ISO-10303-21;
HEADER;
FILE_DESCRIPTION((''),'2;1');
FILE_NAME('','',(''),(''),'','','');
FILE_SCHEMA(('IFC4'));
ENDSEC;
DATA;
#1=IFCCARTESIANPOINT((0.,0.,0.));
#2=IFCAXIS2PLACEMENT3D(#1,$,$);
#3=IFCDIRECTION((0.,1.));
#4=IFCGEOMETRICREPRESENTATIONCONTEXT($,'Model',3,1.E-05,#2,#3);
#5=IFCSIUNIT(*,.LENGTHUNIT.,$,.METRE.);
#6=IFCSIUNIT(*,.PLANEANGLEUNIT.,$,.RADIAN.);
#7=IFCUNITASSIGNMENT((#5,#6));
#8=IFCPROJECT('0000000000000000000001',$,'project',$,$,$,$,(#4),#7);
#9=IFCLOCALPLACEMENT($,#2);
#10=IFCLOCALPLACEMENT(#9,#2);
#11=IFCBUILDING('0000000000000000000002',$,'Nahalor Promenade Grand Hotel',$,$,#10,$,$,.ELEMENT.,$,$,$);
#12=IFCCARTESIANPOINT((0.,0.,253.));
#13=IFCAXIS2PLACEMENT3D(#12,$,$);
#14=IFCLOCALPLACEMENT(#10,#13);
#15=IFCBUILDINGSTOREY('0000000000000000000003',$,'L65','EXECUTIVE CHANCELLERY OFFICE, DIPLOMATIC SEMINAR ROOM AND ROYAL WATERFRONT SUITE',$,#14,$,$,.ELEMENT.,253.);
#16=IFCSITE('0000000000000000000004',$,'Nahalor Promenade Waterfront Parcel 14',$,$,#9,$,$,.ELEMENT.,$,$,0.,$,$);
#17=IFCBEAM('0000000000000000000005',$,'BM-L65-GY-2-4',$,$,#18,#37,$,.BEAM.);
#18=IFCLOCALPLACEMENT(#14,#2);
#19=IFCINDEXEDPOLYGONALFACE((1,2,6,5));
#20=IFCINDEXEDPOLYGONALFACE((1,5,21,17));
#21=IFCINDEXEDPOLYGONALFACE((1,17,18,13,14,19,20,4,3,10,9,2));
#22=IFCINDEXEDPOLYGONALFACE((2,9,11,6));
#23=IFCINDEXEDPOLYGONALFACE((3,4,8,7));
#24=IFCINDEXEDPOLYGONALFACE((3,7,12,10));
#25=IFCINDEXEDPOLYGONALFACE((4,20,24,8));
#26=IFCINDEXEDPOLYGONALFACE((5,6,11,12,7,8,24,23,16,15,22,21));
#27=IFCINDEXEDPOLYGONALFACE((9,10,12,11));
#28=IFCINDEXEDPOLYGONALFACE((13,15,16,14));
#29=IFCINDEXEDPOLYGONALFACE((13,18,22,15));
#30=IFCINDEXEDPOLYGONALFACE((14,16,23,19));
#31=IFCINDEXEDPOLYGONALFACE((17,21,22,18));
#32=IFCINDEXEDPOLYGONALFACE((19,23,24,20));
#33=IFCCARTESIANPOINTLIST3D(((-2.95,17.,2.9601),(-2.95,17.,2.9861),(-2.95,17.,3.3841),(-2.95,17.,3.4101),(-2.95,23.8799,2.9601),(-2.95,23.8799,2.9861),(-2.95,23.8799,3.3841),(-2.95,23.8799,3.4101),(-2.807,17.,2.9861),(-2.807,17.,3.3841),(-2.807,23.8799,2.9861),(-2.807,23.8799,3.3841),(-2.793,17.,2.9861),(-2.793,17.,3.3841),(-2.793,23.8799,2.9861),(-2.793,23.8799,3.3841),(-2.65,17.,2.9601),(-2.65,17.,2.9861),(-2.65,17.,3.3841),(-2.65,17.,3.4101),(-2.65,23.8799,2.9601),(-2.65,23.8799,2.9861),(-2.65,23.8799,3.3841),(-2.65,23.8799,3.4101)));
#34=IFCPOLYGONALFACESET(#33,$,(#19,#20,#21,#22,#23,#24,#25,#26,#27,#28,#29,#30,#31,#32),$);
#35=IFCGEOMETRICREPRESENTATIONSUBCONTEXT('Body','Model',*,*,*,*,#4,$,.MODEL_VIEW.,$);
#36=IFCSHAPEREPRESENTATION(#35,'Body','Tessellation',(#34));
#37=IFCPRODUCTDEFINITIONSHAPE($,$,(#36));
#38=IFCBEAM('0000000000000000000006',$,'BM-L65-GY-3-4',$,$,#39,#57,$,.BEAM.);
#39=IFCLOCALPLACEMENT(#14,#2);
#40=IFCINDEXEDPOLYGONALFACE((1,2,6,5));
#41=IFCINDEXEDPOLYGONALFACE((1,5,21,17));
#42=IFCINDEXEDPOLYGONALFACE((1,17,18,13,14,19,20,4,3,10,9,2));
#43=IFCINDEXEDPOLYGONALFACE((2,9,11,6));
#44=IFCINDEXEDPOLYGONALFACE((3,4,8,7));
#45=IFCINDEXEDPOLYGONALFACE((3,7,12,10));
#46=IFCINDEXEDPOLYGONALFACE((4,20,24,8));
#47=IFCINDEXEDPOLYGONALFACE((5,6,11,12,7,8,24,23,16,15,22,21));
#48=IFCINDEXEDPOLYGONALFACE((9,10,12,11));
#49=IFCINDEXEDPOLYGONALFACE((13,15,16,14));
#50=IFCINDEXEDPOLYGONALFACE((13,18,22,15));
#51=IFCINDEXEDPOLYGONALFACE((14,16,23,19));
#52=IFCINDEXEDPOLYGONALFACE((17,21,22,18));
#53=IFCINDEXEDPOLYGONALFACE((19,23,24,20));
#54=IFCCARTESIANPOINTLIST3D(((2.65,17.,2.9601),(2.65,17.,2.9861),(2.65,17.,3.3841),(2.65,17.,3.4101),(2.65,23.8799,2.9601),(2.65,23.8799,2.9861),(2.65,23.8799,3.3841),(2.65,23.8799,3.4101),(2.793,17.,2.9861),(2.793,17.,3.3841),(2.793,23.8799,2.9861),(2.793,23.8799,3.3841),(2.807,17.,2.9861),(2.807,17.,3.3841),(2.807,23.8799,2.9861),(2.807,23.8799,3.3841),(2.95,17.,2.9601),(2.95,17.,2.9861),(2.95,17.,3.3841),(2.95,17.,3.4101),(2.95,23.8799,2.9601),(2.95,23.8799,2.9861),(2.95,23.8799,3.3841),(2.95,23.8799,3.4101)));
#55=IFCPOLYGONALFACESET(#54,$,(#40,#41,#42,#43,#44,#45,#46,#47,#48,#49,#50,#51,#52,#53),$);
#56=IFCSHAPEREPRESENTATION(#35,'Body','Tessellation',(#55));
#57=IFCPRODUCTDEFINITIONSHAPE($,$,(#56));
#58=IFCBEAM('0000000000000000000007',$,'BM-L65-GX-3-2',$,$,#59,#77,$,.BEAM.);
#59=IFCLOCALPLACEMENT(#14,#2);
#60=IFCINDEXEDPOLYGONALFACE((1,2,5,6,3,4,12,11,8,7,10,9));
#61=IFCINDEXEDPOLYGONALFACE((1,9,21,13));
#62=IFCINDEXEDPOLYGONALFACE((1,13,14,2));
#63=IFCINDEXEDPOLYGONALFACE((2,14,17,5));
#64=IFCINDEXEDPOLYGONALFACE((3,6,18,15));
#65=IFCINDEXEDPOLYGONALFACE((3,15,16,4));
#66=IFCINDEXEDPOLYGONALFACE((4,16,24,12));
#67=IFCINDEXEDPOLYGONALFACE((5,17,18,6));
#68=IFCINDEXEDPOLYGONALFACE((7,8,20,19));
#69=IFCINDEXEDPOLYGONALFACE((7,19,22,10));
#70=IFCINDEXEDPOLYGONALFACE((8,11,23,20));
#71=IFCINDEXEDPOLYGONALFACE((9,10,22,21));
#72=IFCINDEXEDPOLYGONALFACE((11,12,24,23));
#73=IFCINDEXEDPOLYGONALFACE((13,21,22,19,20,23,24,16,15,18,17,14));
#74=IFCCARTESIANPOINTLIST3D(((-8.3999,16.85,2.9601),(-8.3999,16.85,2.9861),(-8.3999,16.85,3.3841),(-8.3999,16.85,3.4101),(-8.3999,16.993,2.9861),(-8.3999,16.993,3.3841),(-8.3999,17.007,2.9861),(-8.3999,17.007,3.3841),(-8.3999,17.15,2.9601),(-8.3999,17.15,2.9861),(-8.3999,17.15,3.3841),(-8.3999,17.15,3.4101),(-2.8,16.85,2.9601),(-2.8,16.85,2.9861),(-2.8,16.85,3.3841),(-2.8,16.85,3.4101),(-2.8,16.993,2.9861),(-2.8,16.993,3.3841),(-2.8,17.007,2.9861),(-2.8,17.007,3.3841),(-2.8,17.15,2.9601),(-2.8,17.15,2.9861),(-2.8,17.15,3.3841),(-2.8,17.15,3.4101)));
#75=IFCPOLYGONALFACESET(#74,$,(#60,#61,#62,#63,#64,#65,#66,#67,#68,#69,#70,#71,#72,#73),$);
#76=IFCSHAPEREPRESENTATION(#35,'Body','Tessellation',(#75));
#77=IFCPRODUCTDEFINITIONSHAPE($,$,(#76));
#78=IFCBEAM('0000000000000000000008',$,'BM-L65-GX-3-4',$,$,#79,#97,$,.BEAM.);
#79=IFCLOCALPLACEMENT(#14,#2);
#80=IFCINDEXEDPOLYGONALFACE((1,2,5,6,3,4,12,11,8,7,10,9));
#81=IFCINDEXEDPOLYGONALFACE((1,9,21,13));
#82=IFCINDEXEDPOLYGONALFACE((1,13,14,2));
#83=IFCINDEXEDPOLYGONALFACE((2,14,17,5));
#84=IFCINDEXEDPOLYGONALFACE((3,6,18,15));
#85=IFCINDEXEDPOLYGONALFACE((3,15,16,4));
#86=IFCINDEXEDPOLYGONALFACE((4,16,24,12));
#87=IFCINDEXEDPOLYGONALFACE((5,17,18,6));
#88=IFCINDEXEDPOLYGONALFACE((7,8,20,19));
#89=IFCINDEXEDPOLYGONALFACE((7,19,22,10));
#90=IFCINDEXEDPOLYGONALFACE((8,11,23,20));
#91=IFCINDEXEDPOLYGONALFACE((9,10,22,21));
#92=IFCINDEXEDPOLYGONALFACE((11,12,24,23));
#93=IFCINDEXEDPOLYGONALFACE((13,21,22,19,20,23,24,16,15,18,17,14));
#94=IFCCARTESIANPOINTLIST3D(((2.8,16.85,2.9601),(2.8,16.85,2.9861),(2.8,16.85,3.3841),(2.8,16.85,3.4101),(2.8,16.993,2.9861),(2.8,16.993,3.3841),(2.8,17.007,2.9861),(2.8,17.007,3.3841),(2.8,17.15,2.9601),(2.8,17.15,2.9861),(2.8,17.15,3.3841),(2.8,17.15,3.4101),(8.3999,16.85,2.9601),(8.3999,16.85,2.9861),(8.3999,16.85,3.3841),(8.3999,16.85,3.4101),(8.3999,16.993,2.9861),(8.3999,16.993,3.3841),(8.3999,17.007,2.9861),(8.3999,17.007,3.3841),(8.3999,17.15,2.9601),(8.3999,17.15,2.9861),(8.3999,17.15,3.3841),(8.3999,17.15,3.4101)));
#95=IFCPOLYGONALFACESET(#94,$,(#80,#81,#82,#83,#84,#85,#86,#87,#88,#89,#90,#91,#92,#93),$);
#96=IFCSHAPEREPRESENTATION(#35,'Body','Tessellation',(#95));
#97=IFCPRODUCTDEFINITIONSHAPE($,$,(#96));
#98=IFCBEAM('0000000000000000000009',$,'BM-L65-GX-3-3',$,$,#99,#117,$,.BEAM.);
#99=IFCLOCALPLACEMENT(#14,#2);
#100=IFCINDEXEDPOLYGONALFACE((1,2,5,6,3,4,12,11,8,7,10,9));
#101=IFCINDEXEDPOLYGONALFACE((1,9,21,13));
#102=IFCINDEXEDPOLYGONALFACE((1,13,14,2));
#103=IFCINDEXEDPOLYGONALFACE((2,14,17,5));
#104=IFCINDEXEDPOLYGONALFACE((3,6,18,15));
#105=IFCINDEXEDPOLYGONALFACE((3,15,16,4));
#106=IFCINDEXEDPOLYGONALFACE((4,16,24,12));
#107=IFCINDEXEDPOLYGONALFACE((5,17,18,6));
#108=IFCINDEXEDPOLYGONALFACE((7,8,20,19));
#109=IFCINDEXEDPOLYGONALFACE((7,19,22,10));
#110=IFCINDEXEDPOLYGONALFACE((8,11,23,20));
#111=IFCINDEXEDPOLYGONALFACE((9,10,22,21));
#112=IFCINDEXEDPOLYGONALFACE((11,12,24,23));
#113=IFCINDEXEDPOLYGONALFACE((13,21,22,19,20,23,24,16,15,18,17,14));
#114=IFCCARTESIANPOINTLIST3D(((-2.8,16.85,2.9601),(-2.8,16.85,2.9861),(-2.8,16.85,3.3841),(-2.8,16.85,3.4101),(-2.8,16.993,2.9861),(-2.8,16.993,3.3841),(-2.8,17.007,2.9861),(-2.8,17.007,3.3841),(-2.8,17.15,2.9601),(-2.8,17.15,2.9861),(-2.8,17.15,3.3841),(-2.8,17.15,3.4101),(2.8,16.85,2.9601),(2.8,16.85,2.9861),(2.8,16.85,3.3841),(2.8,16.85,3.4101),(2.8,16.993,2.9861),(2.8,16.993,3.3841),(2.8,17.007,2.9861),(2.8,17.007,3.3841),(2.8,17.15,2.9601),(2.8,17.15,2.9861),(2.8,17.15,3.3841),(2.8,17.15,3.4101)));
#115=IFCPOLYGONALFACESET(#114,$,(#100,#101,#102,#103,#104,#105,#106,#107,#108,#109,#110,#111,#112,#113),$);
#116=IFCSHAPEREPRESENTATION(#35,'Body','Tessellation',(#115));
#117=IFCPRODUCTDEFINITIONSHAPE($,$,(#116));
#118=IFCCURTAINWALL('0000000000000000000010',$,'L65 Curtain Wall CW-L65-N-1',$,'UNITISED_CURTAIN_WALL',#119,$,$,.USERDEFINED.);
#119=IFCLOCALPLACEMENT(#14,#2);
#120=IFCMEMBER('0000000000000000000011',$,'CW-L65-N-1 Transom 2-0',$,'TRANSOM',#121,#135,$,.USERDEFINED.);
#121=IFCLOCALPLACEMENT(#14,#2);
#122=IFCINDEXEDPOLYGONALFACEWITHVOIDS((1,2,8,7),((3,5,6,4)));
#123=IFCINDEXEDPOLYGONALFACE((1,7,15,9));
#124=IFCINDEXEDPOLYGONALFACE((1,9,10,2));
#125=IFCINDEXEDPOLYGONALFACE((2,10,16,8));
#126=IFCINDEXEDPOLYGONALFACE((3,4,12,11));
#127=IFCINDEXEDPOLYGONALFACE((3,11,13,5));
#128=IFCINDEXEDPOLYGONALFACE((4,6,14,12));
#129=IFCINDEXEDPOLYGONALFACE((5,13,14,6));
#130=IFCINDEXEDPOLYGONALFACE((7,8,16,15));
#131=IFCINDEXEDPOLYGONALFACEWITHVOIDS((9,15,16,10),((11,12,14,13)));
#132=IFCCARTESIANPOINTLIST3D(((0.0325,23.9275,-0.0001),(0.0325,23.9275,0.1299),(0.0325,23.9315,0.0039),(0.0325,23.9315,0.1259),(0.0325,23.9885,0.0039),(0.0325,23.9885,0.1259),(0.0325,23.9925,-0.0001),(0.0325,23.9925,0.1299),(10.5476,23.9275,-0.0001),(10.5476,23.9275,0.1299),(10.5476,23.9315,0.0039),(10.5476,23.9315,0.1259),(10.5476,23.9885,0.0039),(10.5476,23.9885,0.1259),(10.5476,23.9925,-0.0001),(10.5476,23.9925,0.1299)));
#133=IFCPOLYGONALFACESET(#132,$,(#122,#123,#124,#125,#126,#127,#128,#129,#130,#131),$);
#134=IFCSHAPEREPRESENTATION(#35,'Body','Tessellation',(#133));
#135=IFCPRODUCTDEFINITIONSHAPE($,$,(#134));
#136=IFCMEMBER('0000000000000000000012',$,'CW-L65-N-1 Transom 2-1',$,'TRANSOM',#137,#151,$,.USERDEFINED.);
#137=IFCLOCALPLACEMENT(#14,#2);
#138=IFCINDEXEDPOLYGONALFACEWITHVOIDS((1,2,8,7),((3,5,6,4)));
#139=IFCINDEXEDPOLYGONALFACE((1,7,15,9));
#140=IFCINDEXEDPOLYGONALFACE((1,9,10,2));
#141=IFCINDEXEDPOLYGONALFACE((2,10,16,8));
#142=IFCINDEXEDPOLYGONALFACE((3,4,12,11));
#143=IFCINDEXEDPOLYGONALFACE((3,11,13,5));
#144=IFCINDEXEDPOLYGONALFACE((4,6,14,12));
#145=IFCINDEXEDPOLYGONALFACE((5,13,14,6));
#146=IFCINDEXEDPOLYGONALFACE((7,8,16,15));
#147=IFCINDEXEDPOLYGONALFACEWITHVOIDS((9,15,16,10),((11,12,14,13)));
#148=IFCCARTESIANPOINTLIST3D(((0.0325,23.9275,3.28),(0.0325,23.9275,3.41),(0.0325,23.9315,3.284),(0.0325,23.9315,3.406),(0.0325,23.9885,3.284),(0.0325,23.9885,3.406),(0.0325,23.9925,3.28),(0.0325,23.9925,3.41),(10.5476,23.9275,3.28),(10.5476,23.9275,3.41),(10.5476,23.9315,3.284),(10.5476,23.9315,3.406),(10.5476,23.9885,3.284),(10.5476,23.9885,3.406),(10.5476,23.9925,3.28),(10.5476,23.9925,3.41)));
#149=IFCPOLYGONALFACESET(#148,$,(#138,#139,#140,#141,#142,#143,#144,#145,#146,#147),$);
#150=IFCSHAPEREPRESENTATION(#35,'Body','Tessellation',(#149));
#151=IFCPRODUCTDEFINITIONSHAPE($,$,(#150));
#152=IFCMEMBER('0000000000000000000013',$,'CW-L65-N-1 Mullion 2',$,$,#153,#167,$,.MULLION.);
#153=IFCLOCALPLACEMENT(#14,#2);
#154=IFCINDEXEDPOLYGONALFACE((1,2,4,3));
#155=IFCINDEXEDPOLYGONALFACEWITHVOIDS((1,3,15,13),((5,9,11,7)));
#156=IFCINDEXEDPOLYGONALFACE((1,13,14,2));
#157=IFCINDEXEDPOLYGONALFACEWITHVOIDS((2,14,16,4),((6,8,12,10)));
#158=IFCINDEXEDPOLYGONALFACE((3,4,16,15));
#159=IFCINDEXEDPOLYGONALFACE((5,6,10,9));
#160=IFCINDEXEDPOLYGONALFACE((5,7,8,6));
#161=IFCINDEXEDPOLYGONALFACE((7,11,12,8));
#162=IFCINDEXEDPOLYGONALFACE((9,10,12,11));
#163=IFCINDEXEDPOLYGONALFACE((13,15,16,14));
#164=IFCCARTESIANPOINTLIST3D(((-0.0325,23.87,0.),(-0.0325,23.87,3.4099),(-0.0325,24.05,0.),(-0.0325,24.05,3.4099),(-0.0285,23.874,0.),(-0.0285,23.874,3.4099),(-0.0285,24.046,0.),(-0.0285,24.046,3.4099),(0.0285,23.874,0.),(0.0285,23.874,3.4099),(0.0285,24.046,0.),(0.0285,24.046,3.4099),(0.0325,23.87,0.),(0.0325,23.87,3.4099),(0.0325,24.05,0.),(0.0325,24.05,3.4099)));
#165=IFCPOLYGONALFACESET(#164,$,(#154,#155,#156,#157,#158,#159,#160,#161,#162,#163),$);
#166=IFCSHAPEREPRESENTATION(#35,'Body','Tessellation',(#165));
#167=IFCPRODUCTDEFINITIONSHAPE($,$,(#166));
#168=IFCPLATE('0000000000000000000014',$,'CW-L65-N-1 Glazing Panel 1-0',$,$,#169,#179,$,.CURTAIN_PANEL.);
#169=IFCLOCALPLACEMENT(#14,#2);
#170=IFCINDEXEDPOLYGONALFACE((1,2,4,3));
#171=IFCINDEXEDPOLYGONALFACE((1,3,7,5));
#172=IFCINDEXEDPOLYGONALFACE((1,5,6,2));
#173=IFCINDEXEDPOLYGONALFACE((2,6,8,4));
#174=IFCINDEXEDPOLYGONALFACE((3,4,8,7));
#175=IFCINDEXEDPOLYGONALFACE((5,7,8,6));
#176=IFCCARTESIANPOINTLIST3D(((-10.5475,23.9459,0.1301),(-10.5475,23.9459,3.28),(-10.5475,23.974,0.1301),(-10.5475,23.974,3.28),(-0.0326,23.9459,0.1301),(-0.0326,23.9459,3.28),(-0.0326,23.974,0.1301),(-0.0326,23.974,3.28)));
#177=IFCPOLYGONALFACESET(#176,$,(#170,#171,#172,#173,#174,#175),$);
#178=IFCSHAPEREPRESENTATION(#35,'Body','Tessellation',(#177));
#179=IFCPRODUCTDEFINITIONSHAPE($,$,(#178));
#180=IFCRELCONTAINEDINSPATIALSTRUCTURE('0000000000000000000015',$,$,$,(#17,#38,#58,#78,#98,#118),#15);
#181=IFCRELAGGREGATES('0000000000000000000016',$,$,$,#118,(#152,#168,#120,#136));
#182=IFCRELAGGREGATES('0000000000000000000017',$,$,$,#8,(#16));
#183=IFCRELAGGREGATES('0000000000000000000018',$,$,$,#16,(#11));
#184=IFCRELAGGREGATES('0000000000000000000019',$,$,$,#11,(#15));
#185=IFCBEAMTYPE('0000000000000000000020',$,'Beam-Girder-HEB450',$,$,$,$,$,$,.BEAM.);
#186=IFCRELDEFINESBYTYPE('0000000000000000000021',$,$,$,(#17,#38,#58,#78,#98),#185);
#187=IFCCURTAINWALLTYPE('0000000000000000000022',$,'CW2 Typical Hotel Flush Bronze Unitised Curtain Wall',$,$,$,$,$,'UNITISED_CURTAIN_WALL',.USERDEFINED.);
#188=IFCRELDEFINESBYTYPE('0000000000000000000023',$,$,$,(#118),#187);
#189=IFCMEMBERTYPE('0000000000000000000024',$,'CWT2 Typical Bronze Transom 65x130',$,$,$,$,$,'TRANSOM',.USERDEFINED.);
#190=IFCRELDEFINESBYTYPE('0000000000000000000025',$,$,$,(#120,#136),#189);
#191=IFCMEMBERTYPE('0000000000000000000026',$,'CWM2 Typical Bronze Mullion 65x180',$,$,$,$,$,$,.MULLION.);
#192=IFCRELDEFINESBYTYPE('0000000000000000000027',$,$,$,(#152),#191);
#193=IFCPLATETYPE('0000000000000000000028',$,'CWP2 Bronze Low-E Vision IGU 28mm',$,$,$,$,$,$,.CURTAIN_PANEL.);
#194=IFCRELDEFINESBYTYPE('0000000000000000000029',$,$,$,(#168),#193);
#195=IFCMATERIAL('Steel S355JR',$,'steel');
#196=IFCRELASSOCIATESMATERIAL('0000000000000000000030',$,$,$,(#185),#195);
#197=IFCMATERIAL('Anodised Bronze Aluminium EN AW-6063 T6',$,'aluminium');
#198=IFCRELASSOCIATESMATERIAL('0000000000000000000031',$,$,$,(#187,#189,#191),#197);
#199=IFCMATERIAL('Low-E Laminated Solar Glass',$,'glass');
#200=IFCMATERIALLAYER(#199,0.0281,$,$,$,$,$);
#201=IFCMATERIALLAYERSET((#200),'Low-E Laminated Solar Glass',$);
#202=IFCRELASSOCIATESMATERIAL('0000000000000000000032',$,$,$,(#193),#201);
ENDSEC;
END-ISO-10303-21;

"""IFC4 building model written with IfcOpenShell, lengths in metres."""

from ifc_helpers import new_model, si_unit, direction, frame, origin, origin_2d, place, context, subcontext, project, spatial, rectangle, hollow_rectangle, i_section, extrude, source, transform, mapped, material, layer, layer_set, material_profile, profile_set, type_object, element, aggregate, save


model = new_model("IFC4")

# Units and contexts
model_context = context("Model", 3, precision=1e-05, world=origin(), true_north=direction((0.0, 1.0)))
body_context = subcontext(model_context, "Body", "Model", "MODEL_VIEW")
ifc_project = project(units=[si_unit("LENGTHUNIT", "METRE"), si_unit("PLANEANGLEUNIT", "RADIAN")], contexts=[model_context])

# Site, building, storey
site_placement = place(None, origin())
site = spatial("IfcSite", under=ifc_project, at=site_placement, Name="Nahalor Promenade Waterfront Parcel 14", CompositionType="ELEMENT", RefElevation=0.0)
building_placement = place(site_placement, origin())
building = spatial("IfcBuilding", under=site, at=building_placement, Name="Nahalor Promenade Grand Hotel", CompositionType="ELEMENT")
storey_placement = place(building_placement, frame((0.0, 0.0, 253.0)))
storey = spatial("IfcBuildingStorey", under=building, at=storey_placement, Name="L65", Description="EXECUTIVE CHANCELLERY OFFICE, DIPLOMATIC SEMINAR ROOM AND ROYAL WATERFRONT SUITE", CompositionType="ELEMENT", Elevation=253.0)

# Shared definitions
ifc_material_1 = material(Name="Steel S355JR", Category="steel")

# Beams
ifc_material_profile_1 = material_profile(ifc_material_1, i_section(OverallWidth=0.3, OverallDepth=0.45, WebThickness=0.014, FlangeThickness=0.026, at=origin_2d()), Name="HEB 450")
ifc_profile_set_1 = profile_set([ifc_material_profile_1], Name="Steel S355JR")
beam_type_1 = type_object("IfcBeamType", Name="Beam-Girder-HEB450", PredefinedType="BEAM", material=ifc_profile_set_1)
shared_shape_1 = source(origin(), body_context, "Body", "SweptSolid", [
    extrude(i_section(OverallWidth=0.3, OverallDepth=0.45, WebThickness=0.014, FlangeThickness=0.026, at=origin_2d()), origin(), (0.0, 0.0, 1.0), 6.8799),
])
for number, where, z_axis, x_axis, name in (
    (1, (-2.8, 17.0, 3.1851), (0.0, 1.0, 0.0), (-1.0, 0.0, 0.0), "BM-L65-GY-2-4"),
    (2, (2.8, 17.0, 3.1851), (0.0, 1.0, 0.0), (-1.0, 0.0, 0.0), "BM-L65-GY-3-4"),
):
    element("IfcBeam", number, at=place(storey_placement, frame(where, z_axis=z_axis, x_axis=x_axis)), inside=storey, type_object=beam_type_1, Name=name, PredefinedType="BEAM", context=body_context, shape_type="MappedRepresentation", body=[
        mapped(shared_shape_1, transform((0.0, 0.0, 0.0), scale=1.0)),
    ])
shared_shape_2 = source(origin(), body_context, "Body", "SweptSolid", [
    extrude(i_section(OverallWidth=0.3, OverallDepth=0.45, WebThickness=0.014, FlangeThickness=0.026, at=origin_2d()), origin(), (0.0, 0.0, 1.0), 5.5999),
])
for number, where, z_axis, x_axis, name in (
    (3, (-8.3999, 17.0, 3.1851), (1.0, 0.0, 0.0), (0.0, 1.0, 0.0), "BM-L65-GX-3-2"),
    (4, (2.8, 17.0, 3.1851), (1.0, 0.0, 0.0), (0.0, 1.0, 0.0), "BM-L65-GX-3-4"),
):
    element("IfcBeam", number, at=place(storey_placement, frame(where, z_axis=z_axis, x_axis=x_axis)), inside=storey, type_object=beam_type_1, Name=name, PredefinedType="BEAM", context=body_context, shape_type="MappedRepresentation", body=[
        mapped(shared_shape_2, transform((0.0, 0.0, 0.0), scale=1.0)),
    ])
shared_shape_3 = source(origin(), body_context, "Body", "SweptSolid", [
    extrude(i_section(OverallWidth=0.3, OverallDepth=0.45, WebThickness=0.014, FlangeThickness=0.026, at=origin_2d()), origin(), (0.0, 0.0, 1.0), 5.6001),
])
beam_1_placement = place(storey_placement, frame((-2.8, 17.0, 3.1851), z_axis=(1.0, 0.0, 0.0), x_axis=(0.0, 1.0, 0.0)))
element("IfcBeam", 5, at=beam_1_placement, inside=storey, type_object=beam_type_1, Name="BM-L65-GX-3-3", PredefinedType="BEAM", context=body_context, shape_type="MappedRepresentation", body=[
    mapped(shared_shape_3, transform((0.0, 0.0, 0.0), scale=1.0)),
])

# Curtain wall, members, plate
ifc_material_2 = material(Name="Anodised Bronze Aluminium EN AW-6063 T6", Category="aluminium")
curtain_wall_type = type_object("IfcCurtainWallType", Name="CW2 Typical Hotel Flush Bronze Unitised Curtain Wall", ElementType="UNITISED_CURTAIN_WALL", PredefinedType="USERDEFINED", material=ifc_material_2)
curtain_wall_placement = place(storey_placement, origin())
curtain_wall = element("IfcCurtainWall", 6, at=curtain_wall_placement, inside=storey, type_object=curtain_wall_type, Name="L65 Curtain Wall CW-L65-N-1", ObjectType="UNITISED_CURTAIN_WALL", PredefinedType="USERDEFINED")
ifc_material_profile_2 = material_profile(ifc_material_2, hollow_rectangle(XDim=0.065, YDim=0.13, WallThickness=0.004, at=origin_2d()), Name="CWT 65x130x4")
ifc_profile_set_2 = profile_set([ifc_material_profile_2], Name="Anodised Bronze Aluminium EN AW-6063 T6")
member_type_1 = type_object("IfcMemberType", Name="CWT2 Typical Bronze Transom 65x130", ElementType="TRANSOM", PredefinedType="USERDEFINED", material=ifc_profile_set_2)
shared_shape_4 = source(origin(), body_context, "Body", "SweptSolid", [
    extrude(hollow_rectangle(XDim=0.065, YDim=0.13, WallThickness=0.004, at=origin_2d()), origin(), (0.0, 0.0, 1.0), 10.5151),
])
member_1_placement = place(storey_placement, frame((0.0325, 23.96, 0.0649), z_axis=(1.0, 0.0, 0.0), x_axis=(0.0, 1.0, 0.0)))
member_1 = element("IfcMember", 7, at=member_1_placement, type_object=member_type_1, Name="CW-L65-N-1 Transom 2-0", ObjectType="TRANSOM", PredefinedType="USERDEFINED", context=body_context, shape_type="MappedRepresentation", body=[
    mapped(shared_shape_4, transform((0.0, 0.0, 0.0), scale=1.0)),
])
member_2_placement = place(storey_placement, frame((0.0325, 23.96, 3.345), z_axis=(1.0, 0.0, 0.0), x_axis=(0.0, 1.0, 0.0)))
member_2 = element("IfcMember", 8, at=member_2_placement, type_object=member_type_1, Name="CW-L65-N-1 Transom 2-1", ObjectType="TRANSOM", PredefinedType="USERDEFINED", context=body_context, shape_type="MappedRepresentation", body=[
    mapped(shared_shape_4, transform((0.0, 0.0, 0.0), scale=1.0)),
])
ifc_material_profile_3 = material_profile(ifc_material_2, hollow_rectangle(XDim=0.065, YDim=0.18, WallThickness=0.004, at=origin_2d()), Name="CWM 65x180x4")
ifc_profile_set_3 = profile_set([ifc_material_profile_3], Name="Anodised Bronze Aluminium EN AW-6063 T6")
member_type_2 = type_object("IfcMemberType", Name="CWM2 Typical Bronze Mullion 65x180", PredefinedType="MULLION", material=ifc_profile_set_3)
shared_shape_5 = source(origin(), body_context, "Body", "SweptSolid", [
    extrude(hollow_rectangle(XDim=0.065, YDim=0.18, WallThickness=0.004, at=origin_2d()), origin(), (0.0, 0.0, 1.0), 3.4099),
])
member_3_placement = place(storey_placement, frame((0.0, 23.96, 0.0), z_axis=(0.0, 0.0, 1.0), x_axis=(1.0, 0.0, 0.0)))
member_3 = element("IfcMember", 9, at=member_3_placement, type_object=member_type_2, Name="CW-L65-N-1 Mullion 2", PredefinedType="MULLION", context=body_context, shape_type="MappedRepresentation", body=[
    mapped(shared_shape_5, transform((0.0, 0.0, 0.0), scale=1.0)),
])
ifc_material_3 = material(Name="Low-E Laminated Solar Glass", Category="glass")
ifc_layer_1 = layer(ifc_material_3, 0.0281)
ifc_layer_set_1 = layer_set([ifc_layer_1], Name="Low-E Laminated Solar Glass")
plate_type = type_object("IfcPlateType", Name="CWP2 Bronze Low-E Vision IGU 28mm", PredefinedType="CURTAIN_PANEL", material=ifc_layer_set_1)
shared_shape_6 = source(origin(), body_context, "Body", "SweptSolid", [
    extrude(rectangle(XDim=10.5149, YDim=0.0281, at=origin_2d()), origin(), (0.0, 0.0, 1.0), 3.1499),
])
plate_placement = place(storey_placement, frame((-5.29, 23.96, 0.1301), z_axis=(0.0, 0.0, 1.0), x_axis=(1.0, 0.0, 0.0)))
plate = element("IfcPlate", 10, at=plate_placement, type_object=plate_type, Name="CW-L65-N-1 Glazing Panel 1-0", PredefinedType="CURTAIN_PANEL", context=body_context, shape_type="MappedRepresentation", body=[
    mapped(shared_shape_6, transform((0.0, 0.0, 0.0), scale=1.0)),
])
aggregate(curtain_wall, [member_3, plate, member_1, member_2])

save(model, "model.ifc")
